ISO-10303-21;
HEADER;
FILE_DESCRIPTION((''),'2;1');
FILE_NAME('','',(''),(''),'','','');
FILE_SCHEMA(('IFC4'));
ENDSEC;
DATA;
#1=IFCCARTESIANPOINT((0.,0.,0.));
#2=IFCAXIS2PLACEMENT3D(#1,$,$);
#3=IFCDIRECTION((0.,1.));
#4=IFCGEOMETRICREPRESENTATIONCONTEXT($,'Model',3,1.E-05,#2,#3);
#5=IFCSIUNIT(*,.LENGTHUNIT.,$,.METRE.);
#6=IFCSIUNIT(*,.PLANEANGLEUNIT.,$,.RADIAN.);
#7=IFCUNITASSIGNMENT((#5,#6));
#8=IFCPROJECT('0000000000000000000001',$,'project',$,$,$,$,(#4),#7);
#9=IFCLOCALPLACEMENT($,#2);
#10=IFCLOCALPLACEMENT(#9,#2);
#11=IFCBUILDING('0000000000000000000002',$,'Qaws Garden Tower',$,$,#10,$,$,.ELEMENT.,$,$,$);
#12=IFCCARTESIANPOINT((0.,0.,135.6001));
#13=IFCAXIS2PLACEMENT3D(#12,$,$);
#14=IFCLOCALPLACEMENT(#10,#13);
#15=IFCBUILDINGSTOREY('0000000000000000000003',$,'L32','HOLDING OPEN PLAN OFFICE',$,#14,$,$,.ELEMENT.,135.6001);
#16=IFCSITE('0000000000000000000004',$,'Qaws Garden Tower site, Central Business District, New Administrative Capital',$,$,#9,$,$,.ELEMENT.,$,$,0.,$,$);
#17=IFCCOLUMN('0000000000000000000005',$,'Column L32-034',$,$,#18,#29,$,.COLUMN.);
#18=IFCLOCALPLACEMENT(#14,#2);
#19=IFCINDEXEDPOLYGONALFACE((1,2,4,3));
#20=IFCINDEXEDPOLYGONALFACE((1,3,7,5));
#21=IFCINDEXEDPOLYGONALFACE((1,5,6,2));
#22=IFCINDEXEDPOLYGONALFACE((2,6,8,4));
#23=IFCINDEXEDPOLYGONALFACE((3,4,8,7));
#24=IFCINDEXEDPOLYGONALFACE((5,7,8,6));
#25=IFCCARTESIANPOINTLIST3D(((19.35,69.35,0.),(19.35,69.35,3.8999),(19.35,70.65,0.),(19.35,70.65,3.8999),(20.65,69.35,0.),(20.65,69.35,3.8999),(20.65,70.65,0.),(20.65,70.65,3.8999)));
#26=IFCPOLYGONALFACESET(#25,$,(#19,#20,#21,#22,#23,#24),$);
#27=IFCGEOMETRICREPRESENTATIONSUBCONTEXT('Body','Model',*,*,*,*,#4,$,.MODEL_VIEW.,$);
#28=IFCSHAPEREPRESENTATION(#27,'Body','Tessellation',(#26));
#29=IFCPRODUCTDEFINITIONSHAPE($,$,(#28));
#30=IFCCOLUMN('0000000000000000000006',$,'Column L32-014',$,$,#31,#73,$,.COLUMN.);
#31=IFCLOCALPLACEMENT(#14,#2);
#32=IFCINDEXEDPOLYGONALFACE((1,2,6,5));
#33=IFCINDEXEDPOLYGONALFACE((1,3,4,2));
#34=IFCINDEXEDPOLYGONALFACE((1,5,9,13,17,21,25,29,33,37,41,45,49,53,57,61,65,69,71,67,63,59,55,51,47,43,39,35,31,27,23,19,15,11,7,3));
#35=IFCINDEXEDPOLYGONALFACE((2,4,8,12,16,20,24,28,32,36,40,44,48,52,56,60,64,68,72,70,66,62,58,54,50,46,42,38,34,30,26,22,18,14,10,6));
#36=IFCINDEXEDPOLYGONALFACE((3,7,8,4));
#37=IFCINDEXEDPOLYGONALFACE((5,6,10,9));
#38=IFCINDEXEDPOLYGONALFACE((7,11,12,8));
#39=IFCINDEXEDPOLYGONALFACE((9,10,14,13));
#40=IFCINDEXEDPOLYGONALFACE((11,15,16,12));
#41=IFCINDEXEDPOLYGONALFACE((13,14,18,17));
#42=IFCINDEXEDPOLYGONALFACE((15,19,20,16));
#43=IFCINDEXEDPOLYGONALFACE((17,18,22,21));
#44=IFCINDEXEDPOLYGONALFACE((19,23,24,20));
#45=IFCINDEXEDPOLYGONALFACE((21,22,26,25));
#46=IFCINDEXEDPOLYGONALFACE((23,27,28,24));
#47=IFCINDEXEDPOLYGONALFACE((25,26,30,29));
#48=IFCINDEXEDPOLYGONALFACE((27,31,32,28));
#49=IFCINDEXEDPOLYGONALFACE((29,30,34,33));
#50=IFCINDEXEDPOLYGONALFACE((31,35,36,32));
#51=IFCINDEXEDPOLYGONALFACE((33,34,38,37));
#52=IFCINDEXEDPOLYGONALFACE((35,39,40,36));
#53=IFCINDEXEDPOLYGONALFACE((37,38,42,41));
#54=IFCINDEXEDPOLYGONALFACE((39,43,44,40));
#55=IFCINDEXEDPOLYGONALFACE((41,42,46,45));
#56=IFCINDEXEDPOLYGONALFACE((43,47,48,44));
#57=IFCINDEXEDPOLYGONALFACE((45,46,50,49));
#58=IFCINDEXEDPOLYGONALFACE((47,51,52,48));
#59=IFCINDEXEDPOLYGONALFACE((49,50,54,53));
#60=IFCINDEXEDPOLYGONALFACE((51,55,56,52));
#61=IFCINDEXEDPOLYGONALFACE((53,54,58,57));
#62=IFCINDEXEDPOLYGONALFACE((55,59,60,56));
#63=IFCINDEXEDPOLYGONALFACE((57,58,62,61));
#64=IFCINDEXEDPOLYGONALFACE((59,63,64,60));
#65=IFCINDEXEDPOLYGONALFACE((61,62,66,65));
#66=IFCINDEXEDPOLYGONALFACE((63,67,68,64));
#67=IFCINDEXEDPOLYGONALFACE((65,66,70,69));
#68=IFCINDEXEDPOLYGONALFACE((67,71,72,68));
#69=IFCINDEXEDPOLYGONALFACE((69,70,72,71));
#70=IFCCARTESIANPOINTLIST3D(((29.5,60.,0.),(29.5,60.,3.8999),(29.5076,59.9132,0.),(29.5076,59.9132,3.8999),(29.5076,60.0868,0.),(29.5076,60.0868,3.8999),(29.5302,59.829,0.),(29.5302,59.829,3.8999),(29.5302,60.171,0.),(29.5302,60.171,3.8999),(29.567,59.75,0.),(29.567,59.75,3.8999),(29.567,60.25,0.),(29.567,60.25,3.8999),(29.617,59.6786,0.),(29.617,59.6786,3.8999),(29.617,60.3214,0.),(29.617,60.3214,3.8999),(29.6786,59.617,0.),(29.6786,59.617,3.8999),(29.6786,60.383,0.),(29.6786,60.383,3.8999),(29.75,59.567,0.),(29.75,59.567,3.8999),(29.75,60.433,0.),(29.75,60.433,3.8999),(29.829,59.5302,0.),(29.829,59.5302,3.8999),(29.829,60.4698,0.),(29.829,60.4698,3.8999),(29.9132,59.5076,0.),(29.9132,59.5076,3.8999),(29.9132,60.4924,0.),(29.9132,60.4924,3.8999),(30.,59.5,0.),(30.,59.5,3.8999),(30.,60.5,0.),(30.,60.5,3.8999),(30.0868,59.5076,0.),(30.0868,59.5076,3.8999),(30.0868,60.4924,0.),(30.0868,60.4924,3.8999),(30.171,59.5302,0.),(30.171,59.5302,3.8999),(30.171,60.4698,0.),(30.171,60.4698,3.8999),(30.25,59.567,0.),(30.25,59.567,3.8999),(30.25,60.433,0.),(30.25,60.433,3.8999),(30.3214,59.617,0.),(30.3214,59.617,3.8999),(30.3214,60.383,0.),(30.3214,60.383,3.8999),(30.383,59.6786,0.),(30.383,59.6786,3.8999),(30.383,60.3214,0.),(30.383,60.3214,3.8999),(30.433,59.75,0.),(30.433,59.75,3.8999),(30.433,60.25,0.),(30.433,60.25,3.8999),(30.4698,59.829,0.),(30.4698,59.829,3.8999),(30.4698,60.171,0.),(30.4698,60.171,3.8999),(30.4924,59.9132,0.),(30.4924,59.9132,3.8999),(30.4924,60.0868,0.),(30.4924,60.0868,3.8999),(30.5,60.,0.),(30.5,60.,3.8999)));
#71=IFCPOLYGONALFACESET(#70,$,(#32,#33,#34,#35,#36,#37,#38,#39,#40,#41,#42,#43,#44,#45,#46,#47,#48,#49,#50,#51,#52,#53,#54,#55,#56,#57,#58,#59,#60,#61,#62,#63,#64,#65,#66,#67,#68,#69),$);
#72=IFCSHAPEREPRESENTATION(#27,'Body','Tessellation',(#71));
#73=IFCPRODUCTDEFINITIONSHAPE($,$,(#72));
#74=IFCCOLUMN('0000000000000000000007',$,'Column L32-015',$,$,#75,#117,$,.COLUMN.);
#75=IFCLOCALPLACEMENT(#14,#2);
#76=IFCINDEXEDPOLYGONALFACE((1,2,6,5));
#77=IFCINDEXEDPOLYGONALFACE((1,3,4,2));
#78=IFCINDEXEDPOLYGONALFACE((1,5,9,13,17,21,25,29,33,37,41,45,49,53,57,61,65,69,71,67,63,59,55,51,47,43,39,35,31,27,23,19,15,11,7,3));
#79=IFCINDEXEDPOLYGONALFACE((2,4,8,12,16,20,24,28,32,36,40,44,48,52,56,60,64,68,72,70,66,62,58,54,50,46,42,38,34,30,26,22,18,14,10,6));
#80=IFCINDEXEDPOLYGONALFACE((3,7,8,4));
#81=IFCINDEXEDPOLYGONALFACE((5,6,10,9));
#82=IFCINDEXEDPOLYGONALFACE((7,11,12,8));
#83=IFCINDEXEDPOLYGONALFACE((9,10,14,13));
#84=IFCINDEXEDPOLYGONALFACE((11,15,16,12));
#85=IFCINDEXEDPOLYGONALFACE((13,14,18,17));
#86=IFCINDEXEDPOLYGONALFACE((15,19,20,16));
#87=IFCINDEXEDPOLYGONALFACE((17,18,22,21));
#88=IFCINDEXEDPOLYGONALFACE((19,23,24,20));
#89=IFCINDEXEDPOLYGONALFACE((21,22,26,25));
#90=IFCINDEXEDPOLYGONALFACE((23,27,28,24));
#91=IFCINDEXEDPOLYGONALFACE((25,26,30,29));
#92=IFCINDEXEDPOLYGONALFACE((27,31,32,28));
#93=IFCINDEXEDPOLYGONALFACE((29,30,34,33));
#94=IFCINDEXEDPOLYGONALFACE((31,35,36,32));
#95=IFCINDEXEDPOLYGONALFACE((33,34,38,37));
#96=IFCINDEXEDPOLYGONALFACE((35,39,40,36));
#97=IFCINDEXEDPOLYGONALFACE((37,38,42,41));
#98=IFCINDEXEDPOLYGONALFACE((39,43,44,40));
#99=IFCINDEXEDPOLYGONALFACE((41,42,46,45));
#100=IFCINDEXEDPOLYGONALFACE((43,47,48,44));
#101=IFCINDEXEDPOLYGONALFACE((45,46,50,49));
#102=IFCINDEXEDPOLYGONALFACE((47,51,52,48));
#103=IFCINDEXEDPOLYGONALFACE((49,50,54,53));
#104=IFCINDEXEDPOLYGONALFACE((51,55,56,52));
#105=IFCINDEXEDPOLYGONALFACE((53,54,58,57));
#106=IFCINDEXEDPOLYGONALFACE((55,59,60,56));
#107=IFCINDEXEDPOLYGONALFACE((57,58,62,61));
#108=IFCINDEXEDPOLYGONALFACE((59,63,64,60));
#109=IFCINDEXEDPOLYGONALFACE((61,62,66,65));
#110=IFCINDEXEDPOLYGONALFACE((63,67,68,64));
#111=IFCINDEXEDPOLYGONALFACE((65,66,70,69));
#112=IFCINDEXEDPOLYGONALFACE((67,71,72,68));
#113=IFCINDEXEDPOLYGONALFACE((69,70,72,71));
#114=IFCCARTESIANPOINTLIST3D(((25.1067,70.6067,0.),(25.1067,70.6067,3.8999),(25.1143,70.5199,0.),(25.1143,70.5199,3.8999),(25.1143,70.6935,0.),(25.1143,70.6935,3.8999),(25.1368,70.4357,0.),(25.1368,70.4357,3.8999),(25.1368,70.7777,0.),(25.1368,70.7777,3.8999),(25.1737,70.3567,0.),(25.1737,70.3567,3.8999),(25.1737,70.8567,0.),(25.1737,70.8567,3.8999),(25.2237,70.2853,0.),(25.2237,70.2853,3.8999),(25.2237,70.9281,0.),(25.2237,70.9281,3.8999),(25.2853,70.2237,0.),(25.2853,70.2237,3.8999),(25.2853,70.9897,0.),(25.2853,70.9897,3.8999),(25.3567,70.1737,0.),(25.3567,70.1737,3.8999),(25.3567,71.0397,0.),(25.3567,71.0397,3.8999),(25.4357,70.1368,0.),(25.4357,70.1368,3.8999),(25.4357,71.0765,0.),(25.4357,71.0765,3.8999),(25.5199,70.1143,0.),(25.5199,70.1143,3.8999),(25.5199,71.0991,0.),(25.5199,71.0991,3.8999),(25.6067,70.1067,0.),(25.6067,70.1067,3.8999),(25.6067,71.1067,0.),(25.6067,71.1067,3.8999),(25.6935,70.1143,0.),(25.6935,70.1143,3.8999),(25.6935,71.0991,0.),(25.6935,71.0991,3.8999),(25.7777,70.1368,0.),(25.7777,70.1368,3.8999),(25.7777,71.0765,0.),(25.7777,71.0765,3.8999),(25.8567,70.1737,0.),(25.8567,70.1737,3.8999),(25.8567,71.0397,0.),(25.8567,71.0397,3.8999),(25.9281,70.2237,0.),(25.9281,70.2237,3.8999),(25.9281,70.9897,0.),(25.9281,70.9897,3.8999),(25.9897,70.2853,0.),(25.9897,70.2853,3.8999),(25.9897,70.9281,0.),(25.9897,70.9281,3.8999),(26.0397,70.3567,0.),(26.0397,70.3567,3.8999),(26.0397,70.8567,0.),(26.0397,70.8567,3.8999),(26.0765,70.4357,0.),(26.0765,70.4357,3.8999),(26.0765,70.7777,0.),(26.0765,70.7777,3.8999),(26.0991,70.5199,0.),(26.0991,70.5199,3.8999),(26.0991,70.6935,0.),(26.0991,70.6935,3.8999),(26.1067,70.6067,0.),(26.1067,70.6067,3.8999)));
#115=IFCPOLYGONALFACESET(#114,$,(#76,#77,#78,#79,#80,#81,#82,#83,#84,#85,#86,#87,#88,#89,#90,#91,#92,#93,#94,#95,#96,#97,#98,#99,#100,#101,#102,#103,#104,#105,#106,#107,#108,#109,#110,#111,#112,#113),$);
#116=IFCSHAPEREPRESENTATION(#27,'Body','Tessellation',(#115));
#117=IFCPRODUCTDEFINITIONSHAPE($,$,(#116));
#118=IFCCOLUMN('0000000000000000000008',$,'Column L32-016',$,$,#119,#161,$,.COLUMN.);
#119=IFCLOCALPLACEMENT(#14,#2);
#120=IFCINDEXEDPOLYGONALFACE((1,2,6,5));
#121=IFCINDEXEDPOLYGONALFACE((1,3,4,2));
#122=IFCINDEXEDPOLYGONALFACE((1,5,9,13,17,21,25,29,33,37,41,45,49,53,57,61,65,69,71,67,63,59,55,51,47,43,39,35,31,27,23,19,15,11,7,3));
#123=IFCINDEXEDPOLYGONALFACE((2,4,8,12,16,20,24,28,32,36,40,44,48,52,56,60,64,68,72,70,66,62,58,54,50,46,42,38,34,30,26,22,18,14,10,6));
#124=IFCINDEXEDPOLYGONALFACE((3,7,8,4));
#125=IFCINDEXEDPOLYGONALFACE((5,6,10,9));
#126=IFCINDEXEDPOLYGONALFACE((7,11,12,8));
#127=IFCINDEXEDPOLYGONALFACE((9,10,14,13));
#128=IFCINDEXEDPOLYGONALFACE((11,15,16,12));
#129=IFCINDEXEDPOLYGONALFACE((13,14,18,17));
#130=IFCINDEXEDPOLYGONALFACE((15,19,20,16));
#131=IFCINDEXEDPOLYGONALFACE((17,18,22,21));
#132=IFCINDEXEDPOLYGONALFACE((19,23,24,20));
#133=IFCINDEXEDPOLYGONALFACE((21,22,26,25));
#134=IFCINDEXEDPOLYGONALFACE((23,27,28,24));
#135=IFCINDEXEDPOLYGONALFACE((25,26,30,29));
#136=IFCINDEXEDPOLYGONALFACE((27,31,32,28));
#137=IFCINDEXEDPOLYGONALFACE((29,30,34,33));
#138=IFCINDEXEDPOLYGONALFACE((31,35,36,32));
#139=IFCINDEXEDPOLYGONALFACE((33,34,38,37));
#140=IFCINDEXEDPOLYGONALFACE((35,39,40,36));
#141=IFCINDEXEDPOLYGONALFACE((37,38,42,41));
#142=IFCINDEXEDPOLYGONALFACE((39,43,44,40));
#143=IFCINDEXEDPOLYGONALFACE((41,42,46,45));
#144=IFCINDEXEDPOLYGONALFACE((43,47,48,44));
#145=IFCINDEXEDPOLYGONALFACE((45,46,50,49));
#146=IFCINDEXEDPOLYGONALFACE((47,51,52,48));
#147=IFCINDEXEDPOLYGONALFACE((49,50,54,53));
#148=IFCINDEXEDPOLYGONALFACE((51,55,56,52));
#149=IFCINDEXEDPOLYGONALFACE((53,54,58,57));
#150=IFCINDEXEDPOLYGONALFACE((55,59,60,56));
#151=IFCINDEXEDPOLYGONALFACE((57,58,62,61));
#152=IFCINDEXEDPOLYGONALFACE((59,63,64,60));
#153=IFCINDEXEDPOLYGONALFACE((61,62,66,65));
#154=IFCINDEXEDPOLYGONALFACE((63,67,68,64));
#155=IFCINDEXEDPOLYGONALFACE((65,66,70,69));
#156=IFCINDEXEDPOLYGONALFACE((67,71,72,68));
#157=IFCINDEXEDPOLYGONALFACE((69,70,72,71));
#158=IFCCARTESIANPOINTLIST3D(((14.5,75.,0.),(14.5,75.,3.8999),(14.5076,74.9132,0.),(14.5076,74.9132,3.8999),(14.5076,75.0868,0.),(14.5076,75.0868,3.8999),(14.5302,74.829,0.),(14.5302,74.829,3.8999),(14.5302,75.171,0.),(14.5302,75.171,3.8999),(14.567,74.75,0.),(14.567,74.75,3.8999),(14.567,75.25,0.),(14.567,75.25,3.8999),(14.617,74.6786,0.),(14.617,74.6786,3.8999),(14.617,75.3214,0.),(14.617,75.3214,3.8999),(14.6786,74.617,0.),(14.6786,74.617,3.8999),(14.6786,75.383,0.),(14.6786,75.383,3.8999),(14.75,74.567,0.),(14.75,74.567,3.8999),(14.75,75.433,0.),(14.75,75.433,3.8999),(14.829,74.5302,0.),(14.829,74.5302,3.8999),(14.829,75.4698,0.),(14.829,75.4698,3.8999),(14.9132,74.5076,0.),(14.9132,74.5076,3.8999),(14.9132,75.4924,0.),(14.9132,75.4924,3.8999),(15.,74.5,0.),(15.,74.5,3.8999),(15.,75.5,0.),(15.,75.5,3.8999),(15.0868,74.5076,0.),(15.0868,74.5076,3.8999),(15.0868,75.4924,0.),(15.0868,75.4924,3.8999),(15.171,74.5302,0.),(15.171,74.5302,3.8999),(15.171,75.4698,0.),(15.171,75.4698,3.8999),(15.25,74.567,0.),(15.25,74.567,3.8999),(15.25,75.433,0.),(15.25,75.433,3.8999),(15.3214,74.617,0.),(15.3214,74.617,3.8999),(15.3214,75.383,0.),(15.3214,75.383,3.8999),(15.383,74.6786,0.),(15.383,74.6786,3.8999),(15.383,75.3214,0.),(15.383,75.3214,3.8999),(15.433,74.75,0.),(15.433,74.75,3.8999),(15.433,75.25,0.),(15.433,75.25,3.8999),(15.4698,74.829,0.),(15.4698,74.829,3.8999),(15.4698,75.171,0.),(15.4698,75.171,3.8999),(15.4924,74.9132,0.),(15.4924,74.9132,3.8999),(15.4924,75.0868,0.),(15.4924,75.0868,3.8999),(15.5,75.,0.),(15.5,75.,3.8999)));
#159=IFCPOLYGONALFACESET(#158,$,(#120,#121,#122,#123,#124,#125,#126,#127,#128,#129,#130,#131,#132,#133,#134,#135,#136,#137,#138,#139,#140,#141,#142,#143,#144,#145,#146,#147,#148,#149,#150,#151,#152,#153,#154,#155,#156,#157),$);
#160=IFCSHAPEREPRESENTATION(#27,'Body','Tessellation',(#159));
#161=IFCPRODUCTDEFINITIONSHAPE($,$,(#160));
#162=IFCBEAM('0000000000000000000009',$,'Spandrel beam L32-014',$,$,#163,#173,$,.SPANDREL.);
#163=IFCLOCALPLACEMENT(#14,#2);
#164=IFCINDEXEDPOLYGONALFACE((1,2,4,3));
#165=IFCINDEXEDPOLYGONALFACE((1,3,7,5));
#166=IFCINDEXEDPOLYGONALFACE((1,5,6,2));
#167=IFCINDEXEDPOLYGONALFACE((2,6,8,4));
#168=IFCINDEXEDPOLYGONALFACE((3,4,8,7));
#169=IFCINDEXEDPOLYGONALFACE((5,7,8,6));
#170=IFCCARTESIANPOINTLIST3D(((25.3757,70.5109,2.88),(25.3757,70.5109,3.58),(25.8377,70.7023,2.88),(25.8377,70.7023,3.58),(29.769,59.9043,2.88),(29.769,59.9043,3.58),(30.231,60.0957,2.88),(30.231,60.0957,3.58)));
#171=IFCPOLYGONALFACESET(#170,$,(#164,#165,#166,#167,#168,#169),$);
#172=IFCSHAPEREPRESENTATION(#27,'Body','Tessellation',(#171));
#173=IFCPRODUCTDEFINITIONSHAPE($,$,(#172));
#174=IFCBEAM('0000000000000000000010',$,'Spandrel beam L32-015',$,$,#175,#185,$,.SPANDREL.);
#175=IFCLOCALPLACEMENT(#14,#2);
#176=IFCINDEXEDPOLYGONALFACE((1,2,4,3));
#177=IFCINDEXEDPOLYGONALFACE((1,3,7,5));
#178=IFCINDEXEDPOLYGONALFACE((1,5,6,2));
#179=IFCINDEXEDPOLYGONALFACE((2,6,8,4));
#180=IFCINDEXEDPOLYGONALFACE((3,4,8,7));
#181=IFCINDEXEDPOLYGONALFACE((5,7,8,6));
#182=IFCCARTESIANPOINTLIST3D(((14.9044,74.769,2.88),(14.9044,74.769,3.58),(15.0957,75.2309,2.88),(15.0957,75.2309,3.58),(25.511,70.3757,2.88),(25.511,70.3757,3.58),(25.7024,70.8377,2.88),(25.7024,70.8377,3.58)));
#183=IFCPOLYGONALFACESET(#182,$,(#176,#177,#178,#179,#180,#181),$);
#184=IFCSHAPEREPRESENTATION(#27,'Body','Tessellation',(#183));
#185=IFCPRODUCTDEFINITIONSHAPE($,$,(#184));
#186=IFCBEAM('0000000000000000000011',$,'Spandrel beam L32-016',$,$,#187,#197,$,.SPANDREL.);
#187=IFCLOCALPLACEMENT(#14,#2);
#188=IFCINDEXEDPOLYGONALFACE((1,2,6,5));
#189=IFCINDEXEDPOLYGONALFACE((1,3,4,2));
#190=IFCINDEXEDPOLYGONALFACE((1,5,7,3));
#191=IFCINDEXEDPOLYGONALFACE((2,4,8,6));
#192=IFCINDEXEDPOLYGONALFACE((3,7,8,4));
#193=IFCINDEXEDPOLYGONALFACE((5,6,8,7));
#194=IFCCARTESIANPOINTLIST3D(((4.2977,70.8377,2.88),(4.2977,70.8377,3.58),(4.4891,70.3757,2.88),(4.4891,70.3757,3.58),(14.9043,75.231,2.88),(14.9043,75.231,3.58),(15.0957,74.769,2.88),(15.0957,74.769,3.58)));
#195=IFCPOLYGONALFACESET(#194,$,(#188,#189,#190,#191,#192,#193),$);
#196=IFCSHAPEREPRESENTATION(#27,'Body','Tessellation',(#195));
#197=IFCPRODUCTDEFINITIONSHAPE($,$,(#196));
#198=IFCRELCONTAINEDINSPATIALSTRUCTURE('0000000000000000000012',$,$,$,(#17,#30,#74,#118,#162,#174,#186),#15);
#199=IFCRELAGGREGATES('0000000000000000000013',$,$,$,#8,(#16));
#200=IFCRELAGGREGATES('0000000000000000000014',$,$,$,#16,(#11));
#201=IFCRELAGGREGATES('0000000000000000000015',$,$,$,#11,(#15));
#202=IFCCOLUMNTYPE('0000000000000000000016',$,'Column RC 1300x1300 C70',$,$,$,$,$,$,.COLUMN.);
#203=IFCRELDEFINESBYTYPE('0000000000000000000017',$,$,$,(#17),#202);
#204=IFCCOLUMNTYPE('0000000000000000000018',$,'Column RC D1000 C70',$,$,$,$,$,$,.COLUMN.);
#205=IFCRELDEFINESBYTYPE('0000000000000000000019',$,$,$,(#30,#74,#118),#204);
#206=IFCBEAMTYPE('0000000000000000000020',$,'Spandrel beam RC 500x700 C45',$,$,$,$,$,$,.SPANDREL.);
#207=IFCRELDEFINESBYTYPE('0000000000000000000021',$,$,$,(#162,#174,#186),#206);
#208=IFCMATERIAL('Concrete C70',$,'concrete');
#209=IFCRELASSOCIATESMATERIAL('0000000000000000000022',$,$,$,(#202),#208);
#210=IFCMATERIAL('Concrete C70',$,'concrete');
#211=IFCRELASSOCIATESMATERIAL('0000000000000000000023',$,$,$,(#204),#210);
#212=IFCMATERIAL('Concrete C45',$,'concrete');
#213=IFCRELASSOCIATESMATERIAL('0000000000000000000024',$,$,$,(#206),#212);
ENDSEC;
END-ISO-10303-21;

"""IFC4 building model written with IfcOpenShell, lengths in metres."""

from ifc_helpers import new_model, si_unit, direction, frame, origin, origin_2d, place, context, subcontext, project, spatial, rectangle, circle, extrude, material, material_profile, profile_set, type_object, element, save


model = new_model("IFC4")

# Units and contexts
model_context = context("Model", 3, precision=1e-05, world=origin(), true_north=direction((0.0, 1.0)))
body_context = subcontext(model_context, "Body", "Model", "MODEL_VIEW")
ifc_project = project(units=[si_unit("LENGTHUNIT", "METRE"), si_unit("PLANEANGLEUNIT", "RADIAN")], contexts=[model_context])

# Site, building, storey
site_placement = place(None, origin())
site = spatial("IfcSite", under=ifc_project, at=site_placement, Name="Qaws Garden Tower site, Central Business District, New Administrative Capital", CompositionType="ELEMENT", RefElevation=0.0)
building_placement = place(site_placement, origin())
building = spatial("IfcBuilding", under=site, at=building_placement, Name="Qaws Garden Tower", CompositionType="ELEMENT")
storey_placement = place(building_placement, frame((0.0, 0.0, 135.6001)))
storey = spatial("IfcBuildingStorey", under=building, at=storey_placement, Name="L32", Description="HOLDING OPEN PLAN OFFICE", CompositionType="ELEMENT", Elevation=135.6001)

# Columns
ifc_material_1 = material(Name="Concrete C70", Category="concrete")
ifc_material_profile_1 = material_profile(ifc_material_1, rectangle(XDim=1.3, YDim=1.3, at=origin_2d()), Name="RC 1300x1300")
ifc_profile_set_1 = profile_set([ifc_material_profile_1], Name="Concrete C70")
column_type_1 = type_object("IfcColumnType", Name="Column RC 1300x1300 C70", PredefinedType="COLUMN", material=ifc_profile_set_1)
column_placement = place(storey_placement, frame((20.0, 70.0, 0.0), z_axis=(0.0, 0.0, 1.0), x_axis=(1.0, 0.0, 0.0)))
element("IfcColumn", 1, at=column_placement, inside=storey, type_object=column_type_1, Name="Column L32-034", PredefinedType="COLUMN", context=body_context, shape_type="SweptSolid", body=[
    extrude(rectangle(XDim=1.3, YDim=1.3, at=origin_2d()), origin(), (0.0, 0.0, 1.0), 3.8999),
])
ifc_material_2 = material(Name="Concrete C70", Category="concrete")
ifc_material_profile_2 = material_profile(ifc_material_2, circle(Radius=0.5, at=origin_2d()), Name="RC D1000")
ifc_profile_set_2 = profile_set([ifc_material_profile_2], Name="Concrete C70")
column_type_2 = type_object("IfcColumnType", Name="Column RC D1000 C70", PredefinedType="COLUMN", material=ifc_profile_set_2)
for number, where, z_axis, x_axis, name in (
    (2, (30.0, 60.0, 0.0), (0.0, 0.0, 1.0), (1.0, 0.0, 0.0), "Column L32-014"),
    (3, (25.6067, 70.6067, 0.0), (0.0, 0.0, 1.0), (1.0, 0.0, 0.0), "Column L32-015"),
    (4, (15.0, 75.0, 0.0), (0.0, 0.0, 1.0), (1.0, 0.0, 0.0), "Column L32-016"),
):
    element("IfcColumn", number, at=place(storey_placement, frame(where, z_axis=z_axis, x_axis=x_axis)), inside=storey, type_object=column_type_2, Name=name, PredefinedType="COLUMN", context=body_context, shape_type="SweptSolid", body=[
        extrude(circle(Radius=0.5, at=origin_2d()), origin(), (0.0, 0.0, 1.0), 3.8999),
    ])

# Beams
ifc_material_3 = material(Name="Concrete C45", Category="concrete")
ifc_material_profile_3 = material_profile(ifc_material_3, rectangle(XDim=0.5, YDim=0.7, at=origin_2d()), Name="RC 500x700")
ifc_profile_set_3 = profile_set([ifc_material_profile_3], Name="Concrete C45")
beam_type = type_object("IfcBeamType", Name="Spandrel beam RC 500x700 C45", PredefinedType="SPANDREL", material=ifc_profile_set_3)
for number, where, z_axis, x_axis, name in (
    (5, (30.0, 60.0, 3.23), (-0.382674, 0.923883, 0.0), (-0.923883, -0.382674, 0.0), "Spandrel beam L32-014"),
    (6, (25.6067, 70.6067, 3.23), (-0.923883, 0.382674, 0.0), (-0.382674, -0.923883, 0.0), "Spandrel beam L32-015"),
    (7, (15.0, 75.0, 3.23), (-0.923883, -0.382674, 0.0), (0.382674, -0.923883, 0.0), "Spandrel beam L32-016"),
):
    element("IfcBeam", number, at=place(storey_placement, frame(where, z_axis=z_axis, x_axis=x_axis)), inside=storey, type_object=beam_type, Name=name, PredefinedType="SPANDREL", context=body_context, shape_type="SweptSolid", body=[
        extrude(rectangle(XDim=0.5, YDim=0.7, at=origin_2d()), origin(), (0.0, 0.0, 1.0), 11.4805),
    ])

save(model, "model.ifc")
